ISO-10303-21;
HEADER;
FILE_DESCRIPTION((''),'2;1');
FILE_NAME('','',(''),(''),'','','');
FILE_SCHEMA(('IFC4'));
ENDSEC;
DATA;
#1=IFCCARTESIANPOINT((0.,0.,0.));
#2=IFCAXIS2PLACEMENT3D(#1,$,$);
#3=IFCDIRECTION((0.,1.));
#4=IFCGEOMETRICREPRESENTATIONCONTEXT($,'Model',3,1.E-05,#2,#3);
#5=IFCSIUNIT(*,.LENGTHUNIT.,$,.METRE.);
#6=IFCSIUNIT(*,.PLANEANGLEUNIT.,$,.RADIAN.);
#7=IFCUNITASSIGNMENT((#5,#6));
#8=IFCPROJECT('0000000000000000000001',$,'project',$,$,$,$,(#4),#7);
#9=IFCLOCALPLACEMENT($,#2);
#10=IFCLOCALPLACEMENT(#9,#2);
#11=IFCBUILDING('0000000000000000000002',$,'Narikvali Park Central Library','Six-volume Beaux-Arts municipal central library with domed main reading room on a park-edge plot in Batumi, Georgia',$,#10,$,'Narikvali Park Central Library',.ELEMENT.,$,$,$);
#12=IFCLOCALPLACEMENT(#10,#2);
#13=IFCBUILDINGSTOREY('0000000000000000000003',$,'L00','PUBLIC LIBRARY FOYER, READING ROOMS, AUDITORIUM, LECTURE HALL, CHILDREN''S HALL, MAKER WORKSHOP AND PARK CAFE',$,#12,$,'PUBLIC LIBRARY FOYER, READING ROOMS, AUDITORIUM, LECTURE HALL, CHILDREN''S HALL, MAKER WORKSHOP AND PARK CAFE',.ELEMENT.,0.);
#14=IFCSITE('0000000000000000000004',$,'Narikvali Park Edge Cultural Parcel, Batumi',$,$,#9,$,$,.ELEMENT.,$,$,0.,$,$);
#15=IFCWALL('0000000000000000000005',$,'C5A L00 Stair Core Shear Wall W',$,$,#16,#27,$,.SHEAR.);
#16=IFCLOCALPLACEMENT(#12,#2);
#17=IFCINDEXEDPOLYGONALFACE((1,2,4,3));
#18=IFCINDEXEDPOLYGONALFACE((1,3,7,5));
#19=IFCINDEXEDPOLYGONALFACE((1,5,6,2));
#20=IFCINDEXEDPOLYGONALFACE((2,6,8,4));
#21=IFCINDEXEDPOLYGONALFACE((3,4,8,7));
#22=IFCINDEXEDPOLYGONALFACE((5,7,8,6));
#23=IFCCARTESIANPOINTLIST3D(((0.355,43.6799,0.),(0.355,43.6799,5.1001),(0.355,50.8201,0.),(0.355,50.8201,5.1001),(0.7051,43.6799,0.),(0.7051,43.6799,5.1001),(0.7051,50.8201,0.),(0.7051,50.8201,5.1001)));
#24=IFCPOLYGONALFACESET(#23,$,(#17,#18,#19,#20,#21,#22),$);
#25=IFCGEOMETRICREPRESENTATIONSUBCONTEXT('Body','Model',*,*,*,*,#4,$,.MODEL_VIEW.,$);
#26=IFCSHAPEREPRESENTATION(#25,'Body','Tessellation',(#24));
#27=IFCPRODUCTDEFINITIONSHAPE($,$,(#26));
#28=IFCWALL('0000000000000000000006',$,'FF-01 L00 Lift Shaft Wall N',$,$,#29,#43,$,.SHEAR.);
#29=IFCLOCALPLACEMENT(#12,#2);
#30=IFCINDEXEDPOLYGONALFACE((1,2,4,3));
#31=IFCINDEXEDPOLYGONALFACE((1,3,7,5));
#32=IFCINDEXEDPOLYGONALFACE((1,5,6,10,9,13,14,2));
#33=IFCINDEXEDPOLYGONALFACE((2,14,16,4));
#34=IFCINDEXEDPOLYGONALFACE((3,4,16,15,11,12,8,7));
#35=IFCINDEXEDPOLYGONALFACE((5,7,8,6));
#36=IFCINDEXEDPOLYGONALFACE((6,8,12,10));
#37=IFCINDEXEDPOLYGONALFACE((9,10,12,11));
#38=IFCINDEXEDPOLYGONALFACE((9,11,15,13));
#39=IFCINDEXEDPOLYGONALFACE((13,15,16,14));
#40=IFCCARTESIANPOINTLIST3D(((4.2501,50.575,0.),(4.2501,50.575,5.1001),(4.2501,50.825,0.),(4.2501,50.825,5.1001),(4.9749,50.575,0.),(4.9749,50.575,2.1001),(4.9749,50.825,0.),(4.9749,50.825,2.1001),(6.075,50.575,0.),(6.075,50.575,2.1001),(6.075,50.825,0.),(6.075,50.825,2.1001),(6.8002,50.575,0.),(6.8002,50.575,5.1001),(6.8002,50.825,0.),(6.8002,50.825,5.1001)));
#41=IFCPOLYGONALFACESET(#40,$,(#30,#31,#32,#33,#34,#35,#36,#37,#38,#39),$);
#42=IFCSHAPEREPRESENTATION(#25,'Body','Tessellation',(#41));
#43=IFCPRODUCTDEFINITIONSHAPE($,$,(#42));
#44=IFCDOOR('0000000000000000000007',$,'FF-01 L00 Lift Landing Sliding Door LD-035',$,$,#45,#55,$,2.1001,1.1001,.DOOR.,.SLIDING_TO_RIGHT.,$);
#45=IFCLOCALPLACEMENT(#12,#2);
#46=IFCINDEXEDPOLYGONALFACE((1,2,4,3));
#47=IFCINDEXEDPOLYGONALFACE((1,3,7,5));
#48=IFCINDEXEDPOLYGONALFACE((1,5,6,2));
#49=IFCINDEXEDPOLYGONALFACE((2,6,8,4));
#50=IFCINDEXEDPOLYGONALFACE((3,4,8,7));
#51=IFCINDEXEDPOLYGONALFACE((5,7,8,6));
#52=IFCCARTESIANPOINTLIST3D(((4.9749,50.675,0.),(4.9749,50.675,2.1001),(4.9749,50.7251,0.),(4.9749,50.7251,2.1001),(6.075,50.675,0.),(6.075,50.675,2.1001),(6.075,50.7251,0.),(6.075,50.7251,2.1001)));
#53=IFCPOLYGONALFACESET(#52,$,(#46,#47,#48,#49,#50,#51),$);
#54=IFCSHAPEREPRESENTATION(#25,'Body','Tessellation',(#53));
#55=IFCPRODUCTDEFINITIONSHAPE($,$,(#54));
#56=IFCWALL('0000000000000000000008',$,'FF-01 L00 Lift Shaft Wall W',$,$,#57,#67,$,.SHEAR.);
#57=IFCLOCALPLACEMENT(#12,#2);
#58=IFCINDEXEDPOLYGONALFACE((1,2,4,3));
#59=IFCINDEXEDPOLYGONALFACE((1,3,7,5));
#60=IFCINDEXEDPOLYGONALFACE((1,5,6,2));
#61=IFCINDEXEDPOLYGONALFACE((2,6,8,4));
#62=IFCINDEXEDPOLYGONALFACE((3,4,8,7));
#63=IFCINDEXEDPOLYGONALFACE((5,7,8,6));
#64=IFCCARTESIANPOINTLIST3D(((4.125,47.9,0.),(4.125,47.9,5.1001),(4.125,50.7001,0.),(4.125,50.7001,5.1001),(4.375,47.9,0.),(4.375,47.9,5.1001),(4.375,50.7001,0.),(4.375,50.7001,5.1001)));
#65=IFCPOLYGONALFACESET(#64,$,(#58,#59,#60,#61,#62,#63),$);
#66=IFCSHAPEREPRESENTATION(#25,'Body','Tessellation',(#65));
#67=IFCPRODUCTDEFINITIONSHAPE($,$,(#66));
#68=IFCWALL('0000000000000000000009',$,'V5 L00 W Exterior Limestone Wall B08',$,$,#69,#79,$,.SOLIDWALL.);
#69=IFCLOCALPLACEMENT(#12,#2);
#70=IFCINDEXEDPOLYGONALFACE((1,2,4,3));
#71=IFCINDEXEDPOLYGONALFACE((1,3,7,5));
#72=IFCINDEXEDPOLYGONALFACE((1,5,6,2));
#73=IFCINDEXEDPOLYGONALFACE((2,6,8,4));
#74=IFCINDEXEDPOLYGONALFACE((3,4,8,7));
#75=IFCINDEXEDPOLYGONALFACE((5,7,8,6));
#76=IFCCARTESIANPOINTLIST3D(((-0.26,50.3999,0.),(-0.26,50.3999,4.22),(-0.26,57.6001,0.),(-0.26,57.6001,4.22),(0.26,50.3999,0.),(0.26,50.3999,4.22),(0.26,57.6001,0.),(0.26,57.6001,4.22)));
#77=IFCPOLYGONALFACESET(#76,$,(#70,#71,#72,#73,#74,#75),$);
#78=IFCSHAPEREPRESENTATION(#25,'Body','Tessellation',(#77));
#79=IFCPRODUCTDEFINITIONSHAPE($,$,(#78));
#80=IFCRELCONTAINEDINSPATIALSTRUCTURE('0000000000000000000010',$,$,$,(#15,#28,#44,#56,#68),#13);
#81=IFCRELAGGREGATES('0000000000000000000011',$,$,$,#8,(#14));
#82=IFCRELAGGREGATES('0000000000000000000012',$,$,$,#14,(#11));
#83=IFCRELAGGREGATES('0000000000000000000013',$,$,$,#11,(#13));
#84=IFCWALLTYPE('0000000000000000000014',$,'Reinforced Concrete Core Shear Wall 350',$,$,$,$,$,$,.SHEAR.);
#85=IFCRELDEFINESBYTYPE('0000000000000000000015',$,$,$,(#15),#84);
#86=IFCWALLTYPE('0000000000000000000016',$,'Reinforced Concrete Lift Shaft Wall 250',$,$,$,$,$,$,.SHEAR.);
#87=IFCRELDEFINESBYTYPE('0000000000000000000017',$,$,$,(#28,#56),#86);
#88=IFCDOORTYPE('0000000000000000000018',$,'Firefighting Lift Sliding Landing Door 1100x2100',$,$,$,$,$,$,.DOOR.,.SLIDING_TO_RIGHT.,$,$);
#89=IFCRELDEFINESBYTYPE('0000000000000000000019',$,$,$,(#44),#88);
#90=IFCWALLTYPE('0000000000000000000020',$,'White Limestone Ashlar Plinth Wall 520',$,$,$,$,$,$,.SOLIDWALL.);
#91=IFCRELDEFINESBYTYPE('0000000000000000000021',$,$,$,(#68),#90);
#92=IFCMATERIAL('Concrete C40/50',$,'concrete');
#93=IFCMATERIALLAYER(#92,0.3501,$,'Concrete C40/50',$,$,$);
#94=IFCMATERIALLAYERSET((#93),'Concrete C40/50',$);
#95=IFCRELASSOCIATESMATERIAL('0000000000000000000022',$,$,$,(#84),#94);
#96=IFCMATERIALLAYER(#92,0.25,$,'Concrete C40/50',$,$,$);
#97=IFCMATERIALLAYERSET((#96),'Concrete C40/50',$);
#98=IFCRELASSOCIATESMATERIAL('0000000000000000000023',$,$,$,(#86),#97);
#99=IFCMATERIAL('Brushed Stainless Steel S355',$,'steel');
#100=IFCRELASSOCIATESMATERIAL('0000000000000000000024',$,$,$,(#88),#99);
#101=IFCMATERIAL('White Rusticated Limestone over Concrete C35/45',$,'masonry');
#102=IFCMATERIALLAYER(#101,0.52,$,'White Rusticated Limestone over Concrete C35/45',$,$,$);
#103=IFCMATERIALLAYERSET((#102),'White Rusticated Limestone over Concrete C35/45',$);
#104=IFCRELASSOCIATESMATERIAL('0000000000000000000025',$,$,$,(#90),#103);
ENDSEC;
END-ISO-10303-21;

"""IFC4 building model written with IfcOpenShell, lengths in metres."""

from ifc_helpers import new_model, si_unit, direction, frame, frame_2d, origin, place, context, subcontext, project, spatial, rectangle, extrude, material, layer, layer_set, type_object, element, fill, save


model = new_model("IFC4")

# Units and contexts
model_context = context("Model", 3, precision=1e-05, world=origin(), true_north=direction((0.0, 1.0)))
body_context = subcontext(model_context, "Body", "Model", "MODEL_VIEW")
ifc_project = project(units=[si_unit("LENGTHUNIT", "METRE"), si_unit("PLANEANGLEUNIT", "RADIAN")], contexts=[model_context])

# Site, building, storey
site_placement = place(None, origin())
site = spatial("IfcSite", under=ifc_project, at=site_placement, Name="Narikvali Park Edge Cultural Parcel, Batumi", CompositionType="ELEMENT", RefElevation=0.0)
building_placement = place(site_placement, origin())
building = spatial("IfcBuilding", under=site, at=building_placement, Name="Narikvali Park Central Library", Description="Six-volume Beaux-Arts municipal central library with domed main reading room on a park-edge plot in Batumi, Georgia", LongName="Narikvali Park Central Library", CompositionType="ELEMENT")
storey_placement = place(building_placement, origin())
storey = spatial("IfcBuildingStorey", under=building, at=storey_placement, Name="L00", Description="PUBLIC LIBRARY FOYER, READING ROOMS, AUDITORIUM, LECTURE HALL, CHILDREN'S HALL, MAKER WORKSHOP AND PARK CAFE", LongName="PUBLIC LIBRARY FOYER, READING ROOMS, AUDITORIUM, LECTURE HALL, CHILDREN'S HALL, MAKER WORKSHOP AND PARK CAFE", CompositionType="ELEMENT", Elevation=0.0)

# Shared definitions
ifc_material_1 = material(Name="Concrete C40/50", Category="concrete")
ifc_layer_1 = layer(ifc_material_1, 0.3501, Name="Concrete C40/50")
ifc_layer_set_1 = layer_set([ifc_layer_1], Name="Concrete C40/50")
wall_type_1 = type_object("IfcWallType", Name="Reinforced Concrete Core Shear Wall 350", PredefinedType="SHEAR", material=ifc_layer_set_1)

# Wall
wall_1_placement = place(storey_placement, frame((0.53, 50.8201, 0.0), z_axis=(0.0, 0.0, 1.0), x_axis=(0.0, -1.0, 0.0)))
element("IfcWall", 1, at=wall_1_placement, inside=storey, type_object=wall_type_1, Name="C5A L00 Stair Core Shear Wall W", PredefinedType="SHEAR", context=body_context, shape_type="SweptSolid", body=[
    extrude(rectangle(XDim=7.1401, YDim=0.3501, at=frame_2d((3.5701, 0.0))), origin(), (0.0, 0.0, 1.0), 5.1001),
])

# Wall, opening, door
ifc_layer_2 = layer(ifc_material_1, 0.25, Name="Concrete C40/50")
ifc_layer_set_2 = layer_set([ifc_layer_2], Name="Concrete C40/50")
wall_type_2 = type_object("IfcWallType", Name="Reinforced Concrete Lift Shaft Wall 250", PredefinedType="SHEAR", material=ifc_layer_set_2)
wall_2_placement = place(storey_placement, frame((6.8, 50.7, 0.0), z_axis=(0.0, 0.0, 1.0), x_axis=(-1.0, 0.0, 0.0)))
wall_2 = element("IfcWall", 2, at=wall_2_placement, inside=storey, type_object=wall_type_2, Name="FF-01 L00 Lift Shaft Wall N", PredefinedType="SHEAR", context=body_context, shape_type="SweptSolid", body=[
    extrude(rectangle(XDim=2.55, YDim=0.25, at=frame_2d((1.2749, 0.0))), origin(), (0.0, 0.0, 1.0), 5.1001),
])
opening_1_placement = place(wall_2_placement, frame((0.7251, 0.0, 0.0)))
opening_1 = element("IfcOpeningElement", 3, at=opening_1_placement, cuts=wall_2, PredefinedType="OPENING", context=body_context, shape_type="SweptSolid", body=[
    extrude(rectangle(XDim=1.1001, YDim=2.1001, at=frame_2d((0.55, 1.05))), frame((0.0, 0.137, 0.0), z_axis=(0.0, -1.0, 0.0), x_axis=(1.0, 0.0, 0.0)), (0.0, 0.0, 1.0), 0.2739),
])
ifc_material_2 = material(Name="Brushed Stainless Steel S355", Category="steel")
door_type_1 = type_object("IfcDoorType", Name="Firefighting Lift Sliding Landing Door 1100x2100", OperationType="SLIDING_TO_RIGHT", PredefinedType="DOOR", material=ifc_material_2)
door_1_placement = place(opening_1_placement, origin())
door_1 = element("IfcDoor", 4, at=door_1_placement, inside=storey, type_object=door_type_1, Name="FF-01 L00 Lift Landing Sliding Door LD-035", OperationType="SLIDING_TO_RIGHT", OverallHeight=2.1001, OverallWidth=1.1001, PredefinedType="DOOR", context=body_context, shape_type="SweptSolid", body=[
    extrude(rectangle(XDim=1.1001, YDim=2.1001, at=frame_2d((0.55, 1.05))), frame((0.0, 0.0249, 0.0), z_axis=(0.0, -1.0, 0.0), x_axis=(1.0, 0.0, 0.0)), (0.0, 0.0, 1.0), 0.05),
])
fill(opening_1, door_1)

# Walls
wall_3_placement = place(storey_placement, frame((4.25, 50.7, 0.0), z_axis=(0.0, 0.0, 1.0), x_axis=(0.0, -1.0, 0.0)))
element("IfcWall", 5, at=wall_3_placement, inside=storey, type_object=wall_type_2, Name="FF-01 L00 Lift Shaft Wall W", PredefinedType="SHEAR", context=body_context, shape_type="SweptSolid", body=[
    extrude(rectangle(XDim=2.8, YDim=0.25, at=frame_2d((1.3999, 0.0))), origin(), (0.0, 0.0, 1.0), 5.1001),
])
ifc_material_3 = material(Name="White Rusticated Limestone over Concrete C35/45", Category="masonry")
ifc_layer_3 = layer(ifc_material_3, 0.52, Name="White Rusticated Limestone over Concrete C35/45")
ifc_layer_set_3 = layer_set([ifc_layer_3], Name="White Rusticated Limestone over Concrete C35/45")
wall_type_3 = type_object("IfcWallType", Name="White Limestone Ashlar Plinth Wall 520", PredefinedType="SOLIDWALL", material=ifc_layer_set_3)
wall_4_placement = place(storey_placement, frame((0.0, 57.6001, 0.0), z_axis=(0.0, 0.0, 1.0), x_axis=(0.0, -1.0, 0.0)))
element("IfcWall", 6, at=wall_4_placement, inside=storey, type_object=wall_type_3, Name="V5 L00 W Exterior Limestone Wall B08", PredefinedType="SOLIDWALL", context=body_context, shape_type="SweptSolid", body=[
    extrude(rectangle(XDim=7.2002, YDim=0.52, at=frame_2d((3.6001, 0.0))), origin(), (0.0, 0.0, 1.0), 4.22),
])

save(model, "model.ifc")
